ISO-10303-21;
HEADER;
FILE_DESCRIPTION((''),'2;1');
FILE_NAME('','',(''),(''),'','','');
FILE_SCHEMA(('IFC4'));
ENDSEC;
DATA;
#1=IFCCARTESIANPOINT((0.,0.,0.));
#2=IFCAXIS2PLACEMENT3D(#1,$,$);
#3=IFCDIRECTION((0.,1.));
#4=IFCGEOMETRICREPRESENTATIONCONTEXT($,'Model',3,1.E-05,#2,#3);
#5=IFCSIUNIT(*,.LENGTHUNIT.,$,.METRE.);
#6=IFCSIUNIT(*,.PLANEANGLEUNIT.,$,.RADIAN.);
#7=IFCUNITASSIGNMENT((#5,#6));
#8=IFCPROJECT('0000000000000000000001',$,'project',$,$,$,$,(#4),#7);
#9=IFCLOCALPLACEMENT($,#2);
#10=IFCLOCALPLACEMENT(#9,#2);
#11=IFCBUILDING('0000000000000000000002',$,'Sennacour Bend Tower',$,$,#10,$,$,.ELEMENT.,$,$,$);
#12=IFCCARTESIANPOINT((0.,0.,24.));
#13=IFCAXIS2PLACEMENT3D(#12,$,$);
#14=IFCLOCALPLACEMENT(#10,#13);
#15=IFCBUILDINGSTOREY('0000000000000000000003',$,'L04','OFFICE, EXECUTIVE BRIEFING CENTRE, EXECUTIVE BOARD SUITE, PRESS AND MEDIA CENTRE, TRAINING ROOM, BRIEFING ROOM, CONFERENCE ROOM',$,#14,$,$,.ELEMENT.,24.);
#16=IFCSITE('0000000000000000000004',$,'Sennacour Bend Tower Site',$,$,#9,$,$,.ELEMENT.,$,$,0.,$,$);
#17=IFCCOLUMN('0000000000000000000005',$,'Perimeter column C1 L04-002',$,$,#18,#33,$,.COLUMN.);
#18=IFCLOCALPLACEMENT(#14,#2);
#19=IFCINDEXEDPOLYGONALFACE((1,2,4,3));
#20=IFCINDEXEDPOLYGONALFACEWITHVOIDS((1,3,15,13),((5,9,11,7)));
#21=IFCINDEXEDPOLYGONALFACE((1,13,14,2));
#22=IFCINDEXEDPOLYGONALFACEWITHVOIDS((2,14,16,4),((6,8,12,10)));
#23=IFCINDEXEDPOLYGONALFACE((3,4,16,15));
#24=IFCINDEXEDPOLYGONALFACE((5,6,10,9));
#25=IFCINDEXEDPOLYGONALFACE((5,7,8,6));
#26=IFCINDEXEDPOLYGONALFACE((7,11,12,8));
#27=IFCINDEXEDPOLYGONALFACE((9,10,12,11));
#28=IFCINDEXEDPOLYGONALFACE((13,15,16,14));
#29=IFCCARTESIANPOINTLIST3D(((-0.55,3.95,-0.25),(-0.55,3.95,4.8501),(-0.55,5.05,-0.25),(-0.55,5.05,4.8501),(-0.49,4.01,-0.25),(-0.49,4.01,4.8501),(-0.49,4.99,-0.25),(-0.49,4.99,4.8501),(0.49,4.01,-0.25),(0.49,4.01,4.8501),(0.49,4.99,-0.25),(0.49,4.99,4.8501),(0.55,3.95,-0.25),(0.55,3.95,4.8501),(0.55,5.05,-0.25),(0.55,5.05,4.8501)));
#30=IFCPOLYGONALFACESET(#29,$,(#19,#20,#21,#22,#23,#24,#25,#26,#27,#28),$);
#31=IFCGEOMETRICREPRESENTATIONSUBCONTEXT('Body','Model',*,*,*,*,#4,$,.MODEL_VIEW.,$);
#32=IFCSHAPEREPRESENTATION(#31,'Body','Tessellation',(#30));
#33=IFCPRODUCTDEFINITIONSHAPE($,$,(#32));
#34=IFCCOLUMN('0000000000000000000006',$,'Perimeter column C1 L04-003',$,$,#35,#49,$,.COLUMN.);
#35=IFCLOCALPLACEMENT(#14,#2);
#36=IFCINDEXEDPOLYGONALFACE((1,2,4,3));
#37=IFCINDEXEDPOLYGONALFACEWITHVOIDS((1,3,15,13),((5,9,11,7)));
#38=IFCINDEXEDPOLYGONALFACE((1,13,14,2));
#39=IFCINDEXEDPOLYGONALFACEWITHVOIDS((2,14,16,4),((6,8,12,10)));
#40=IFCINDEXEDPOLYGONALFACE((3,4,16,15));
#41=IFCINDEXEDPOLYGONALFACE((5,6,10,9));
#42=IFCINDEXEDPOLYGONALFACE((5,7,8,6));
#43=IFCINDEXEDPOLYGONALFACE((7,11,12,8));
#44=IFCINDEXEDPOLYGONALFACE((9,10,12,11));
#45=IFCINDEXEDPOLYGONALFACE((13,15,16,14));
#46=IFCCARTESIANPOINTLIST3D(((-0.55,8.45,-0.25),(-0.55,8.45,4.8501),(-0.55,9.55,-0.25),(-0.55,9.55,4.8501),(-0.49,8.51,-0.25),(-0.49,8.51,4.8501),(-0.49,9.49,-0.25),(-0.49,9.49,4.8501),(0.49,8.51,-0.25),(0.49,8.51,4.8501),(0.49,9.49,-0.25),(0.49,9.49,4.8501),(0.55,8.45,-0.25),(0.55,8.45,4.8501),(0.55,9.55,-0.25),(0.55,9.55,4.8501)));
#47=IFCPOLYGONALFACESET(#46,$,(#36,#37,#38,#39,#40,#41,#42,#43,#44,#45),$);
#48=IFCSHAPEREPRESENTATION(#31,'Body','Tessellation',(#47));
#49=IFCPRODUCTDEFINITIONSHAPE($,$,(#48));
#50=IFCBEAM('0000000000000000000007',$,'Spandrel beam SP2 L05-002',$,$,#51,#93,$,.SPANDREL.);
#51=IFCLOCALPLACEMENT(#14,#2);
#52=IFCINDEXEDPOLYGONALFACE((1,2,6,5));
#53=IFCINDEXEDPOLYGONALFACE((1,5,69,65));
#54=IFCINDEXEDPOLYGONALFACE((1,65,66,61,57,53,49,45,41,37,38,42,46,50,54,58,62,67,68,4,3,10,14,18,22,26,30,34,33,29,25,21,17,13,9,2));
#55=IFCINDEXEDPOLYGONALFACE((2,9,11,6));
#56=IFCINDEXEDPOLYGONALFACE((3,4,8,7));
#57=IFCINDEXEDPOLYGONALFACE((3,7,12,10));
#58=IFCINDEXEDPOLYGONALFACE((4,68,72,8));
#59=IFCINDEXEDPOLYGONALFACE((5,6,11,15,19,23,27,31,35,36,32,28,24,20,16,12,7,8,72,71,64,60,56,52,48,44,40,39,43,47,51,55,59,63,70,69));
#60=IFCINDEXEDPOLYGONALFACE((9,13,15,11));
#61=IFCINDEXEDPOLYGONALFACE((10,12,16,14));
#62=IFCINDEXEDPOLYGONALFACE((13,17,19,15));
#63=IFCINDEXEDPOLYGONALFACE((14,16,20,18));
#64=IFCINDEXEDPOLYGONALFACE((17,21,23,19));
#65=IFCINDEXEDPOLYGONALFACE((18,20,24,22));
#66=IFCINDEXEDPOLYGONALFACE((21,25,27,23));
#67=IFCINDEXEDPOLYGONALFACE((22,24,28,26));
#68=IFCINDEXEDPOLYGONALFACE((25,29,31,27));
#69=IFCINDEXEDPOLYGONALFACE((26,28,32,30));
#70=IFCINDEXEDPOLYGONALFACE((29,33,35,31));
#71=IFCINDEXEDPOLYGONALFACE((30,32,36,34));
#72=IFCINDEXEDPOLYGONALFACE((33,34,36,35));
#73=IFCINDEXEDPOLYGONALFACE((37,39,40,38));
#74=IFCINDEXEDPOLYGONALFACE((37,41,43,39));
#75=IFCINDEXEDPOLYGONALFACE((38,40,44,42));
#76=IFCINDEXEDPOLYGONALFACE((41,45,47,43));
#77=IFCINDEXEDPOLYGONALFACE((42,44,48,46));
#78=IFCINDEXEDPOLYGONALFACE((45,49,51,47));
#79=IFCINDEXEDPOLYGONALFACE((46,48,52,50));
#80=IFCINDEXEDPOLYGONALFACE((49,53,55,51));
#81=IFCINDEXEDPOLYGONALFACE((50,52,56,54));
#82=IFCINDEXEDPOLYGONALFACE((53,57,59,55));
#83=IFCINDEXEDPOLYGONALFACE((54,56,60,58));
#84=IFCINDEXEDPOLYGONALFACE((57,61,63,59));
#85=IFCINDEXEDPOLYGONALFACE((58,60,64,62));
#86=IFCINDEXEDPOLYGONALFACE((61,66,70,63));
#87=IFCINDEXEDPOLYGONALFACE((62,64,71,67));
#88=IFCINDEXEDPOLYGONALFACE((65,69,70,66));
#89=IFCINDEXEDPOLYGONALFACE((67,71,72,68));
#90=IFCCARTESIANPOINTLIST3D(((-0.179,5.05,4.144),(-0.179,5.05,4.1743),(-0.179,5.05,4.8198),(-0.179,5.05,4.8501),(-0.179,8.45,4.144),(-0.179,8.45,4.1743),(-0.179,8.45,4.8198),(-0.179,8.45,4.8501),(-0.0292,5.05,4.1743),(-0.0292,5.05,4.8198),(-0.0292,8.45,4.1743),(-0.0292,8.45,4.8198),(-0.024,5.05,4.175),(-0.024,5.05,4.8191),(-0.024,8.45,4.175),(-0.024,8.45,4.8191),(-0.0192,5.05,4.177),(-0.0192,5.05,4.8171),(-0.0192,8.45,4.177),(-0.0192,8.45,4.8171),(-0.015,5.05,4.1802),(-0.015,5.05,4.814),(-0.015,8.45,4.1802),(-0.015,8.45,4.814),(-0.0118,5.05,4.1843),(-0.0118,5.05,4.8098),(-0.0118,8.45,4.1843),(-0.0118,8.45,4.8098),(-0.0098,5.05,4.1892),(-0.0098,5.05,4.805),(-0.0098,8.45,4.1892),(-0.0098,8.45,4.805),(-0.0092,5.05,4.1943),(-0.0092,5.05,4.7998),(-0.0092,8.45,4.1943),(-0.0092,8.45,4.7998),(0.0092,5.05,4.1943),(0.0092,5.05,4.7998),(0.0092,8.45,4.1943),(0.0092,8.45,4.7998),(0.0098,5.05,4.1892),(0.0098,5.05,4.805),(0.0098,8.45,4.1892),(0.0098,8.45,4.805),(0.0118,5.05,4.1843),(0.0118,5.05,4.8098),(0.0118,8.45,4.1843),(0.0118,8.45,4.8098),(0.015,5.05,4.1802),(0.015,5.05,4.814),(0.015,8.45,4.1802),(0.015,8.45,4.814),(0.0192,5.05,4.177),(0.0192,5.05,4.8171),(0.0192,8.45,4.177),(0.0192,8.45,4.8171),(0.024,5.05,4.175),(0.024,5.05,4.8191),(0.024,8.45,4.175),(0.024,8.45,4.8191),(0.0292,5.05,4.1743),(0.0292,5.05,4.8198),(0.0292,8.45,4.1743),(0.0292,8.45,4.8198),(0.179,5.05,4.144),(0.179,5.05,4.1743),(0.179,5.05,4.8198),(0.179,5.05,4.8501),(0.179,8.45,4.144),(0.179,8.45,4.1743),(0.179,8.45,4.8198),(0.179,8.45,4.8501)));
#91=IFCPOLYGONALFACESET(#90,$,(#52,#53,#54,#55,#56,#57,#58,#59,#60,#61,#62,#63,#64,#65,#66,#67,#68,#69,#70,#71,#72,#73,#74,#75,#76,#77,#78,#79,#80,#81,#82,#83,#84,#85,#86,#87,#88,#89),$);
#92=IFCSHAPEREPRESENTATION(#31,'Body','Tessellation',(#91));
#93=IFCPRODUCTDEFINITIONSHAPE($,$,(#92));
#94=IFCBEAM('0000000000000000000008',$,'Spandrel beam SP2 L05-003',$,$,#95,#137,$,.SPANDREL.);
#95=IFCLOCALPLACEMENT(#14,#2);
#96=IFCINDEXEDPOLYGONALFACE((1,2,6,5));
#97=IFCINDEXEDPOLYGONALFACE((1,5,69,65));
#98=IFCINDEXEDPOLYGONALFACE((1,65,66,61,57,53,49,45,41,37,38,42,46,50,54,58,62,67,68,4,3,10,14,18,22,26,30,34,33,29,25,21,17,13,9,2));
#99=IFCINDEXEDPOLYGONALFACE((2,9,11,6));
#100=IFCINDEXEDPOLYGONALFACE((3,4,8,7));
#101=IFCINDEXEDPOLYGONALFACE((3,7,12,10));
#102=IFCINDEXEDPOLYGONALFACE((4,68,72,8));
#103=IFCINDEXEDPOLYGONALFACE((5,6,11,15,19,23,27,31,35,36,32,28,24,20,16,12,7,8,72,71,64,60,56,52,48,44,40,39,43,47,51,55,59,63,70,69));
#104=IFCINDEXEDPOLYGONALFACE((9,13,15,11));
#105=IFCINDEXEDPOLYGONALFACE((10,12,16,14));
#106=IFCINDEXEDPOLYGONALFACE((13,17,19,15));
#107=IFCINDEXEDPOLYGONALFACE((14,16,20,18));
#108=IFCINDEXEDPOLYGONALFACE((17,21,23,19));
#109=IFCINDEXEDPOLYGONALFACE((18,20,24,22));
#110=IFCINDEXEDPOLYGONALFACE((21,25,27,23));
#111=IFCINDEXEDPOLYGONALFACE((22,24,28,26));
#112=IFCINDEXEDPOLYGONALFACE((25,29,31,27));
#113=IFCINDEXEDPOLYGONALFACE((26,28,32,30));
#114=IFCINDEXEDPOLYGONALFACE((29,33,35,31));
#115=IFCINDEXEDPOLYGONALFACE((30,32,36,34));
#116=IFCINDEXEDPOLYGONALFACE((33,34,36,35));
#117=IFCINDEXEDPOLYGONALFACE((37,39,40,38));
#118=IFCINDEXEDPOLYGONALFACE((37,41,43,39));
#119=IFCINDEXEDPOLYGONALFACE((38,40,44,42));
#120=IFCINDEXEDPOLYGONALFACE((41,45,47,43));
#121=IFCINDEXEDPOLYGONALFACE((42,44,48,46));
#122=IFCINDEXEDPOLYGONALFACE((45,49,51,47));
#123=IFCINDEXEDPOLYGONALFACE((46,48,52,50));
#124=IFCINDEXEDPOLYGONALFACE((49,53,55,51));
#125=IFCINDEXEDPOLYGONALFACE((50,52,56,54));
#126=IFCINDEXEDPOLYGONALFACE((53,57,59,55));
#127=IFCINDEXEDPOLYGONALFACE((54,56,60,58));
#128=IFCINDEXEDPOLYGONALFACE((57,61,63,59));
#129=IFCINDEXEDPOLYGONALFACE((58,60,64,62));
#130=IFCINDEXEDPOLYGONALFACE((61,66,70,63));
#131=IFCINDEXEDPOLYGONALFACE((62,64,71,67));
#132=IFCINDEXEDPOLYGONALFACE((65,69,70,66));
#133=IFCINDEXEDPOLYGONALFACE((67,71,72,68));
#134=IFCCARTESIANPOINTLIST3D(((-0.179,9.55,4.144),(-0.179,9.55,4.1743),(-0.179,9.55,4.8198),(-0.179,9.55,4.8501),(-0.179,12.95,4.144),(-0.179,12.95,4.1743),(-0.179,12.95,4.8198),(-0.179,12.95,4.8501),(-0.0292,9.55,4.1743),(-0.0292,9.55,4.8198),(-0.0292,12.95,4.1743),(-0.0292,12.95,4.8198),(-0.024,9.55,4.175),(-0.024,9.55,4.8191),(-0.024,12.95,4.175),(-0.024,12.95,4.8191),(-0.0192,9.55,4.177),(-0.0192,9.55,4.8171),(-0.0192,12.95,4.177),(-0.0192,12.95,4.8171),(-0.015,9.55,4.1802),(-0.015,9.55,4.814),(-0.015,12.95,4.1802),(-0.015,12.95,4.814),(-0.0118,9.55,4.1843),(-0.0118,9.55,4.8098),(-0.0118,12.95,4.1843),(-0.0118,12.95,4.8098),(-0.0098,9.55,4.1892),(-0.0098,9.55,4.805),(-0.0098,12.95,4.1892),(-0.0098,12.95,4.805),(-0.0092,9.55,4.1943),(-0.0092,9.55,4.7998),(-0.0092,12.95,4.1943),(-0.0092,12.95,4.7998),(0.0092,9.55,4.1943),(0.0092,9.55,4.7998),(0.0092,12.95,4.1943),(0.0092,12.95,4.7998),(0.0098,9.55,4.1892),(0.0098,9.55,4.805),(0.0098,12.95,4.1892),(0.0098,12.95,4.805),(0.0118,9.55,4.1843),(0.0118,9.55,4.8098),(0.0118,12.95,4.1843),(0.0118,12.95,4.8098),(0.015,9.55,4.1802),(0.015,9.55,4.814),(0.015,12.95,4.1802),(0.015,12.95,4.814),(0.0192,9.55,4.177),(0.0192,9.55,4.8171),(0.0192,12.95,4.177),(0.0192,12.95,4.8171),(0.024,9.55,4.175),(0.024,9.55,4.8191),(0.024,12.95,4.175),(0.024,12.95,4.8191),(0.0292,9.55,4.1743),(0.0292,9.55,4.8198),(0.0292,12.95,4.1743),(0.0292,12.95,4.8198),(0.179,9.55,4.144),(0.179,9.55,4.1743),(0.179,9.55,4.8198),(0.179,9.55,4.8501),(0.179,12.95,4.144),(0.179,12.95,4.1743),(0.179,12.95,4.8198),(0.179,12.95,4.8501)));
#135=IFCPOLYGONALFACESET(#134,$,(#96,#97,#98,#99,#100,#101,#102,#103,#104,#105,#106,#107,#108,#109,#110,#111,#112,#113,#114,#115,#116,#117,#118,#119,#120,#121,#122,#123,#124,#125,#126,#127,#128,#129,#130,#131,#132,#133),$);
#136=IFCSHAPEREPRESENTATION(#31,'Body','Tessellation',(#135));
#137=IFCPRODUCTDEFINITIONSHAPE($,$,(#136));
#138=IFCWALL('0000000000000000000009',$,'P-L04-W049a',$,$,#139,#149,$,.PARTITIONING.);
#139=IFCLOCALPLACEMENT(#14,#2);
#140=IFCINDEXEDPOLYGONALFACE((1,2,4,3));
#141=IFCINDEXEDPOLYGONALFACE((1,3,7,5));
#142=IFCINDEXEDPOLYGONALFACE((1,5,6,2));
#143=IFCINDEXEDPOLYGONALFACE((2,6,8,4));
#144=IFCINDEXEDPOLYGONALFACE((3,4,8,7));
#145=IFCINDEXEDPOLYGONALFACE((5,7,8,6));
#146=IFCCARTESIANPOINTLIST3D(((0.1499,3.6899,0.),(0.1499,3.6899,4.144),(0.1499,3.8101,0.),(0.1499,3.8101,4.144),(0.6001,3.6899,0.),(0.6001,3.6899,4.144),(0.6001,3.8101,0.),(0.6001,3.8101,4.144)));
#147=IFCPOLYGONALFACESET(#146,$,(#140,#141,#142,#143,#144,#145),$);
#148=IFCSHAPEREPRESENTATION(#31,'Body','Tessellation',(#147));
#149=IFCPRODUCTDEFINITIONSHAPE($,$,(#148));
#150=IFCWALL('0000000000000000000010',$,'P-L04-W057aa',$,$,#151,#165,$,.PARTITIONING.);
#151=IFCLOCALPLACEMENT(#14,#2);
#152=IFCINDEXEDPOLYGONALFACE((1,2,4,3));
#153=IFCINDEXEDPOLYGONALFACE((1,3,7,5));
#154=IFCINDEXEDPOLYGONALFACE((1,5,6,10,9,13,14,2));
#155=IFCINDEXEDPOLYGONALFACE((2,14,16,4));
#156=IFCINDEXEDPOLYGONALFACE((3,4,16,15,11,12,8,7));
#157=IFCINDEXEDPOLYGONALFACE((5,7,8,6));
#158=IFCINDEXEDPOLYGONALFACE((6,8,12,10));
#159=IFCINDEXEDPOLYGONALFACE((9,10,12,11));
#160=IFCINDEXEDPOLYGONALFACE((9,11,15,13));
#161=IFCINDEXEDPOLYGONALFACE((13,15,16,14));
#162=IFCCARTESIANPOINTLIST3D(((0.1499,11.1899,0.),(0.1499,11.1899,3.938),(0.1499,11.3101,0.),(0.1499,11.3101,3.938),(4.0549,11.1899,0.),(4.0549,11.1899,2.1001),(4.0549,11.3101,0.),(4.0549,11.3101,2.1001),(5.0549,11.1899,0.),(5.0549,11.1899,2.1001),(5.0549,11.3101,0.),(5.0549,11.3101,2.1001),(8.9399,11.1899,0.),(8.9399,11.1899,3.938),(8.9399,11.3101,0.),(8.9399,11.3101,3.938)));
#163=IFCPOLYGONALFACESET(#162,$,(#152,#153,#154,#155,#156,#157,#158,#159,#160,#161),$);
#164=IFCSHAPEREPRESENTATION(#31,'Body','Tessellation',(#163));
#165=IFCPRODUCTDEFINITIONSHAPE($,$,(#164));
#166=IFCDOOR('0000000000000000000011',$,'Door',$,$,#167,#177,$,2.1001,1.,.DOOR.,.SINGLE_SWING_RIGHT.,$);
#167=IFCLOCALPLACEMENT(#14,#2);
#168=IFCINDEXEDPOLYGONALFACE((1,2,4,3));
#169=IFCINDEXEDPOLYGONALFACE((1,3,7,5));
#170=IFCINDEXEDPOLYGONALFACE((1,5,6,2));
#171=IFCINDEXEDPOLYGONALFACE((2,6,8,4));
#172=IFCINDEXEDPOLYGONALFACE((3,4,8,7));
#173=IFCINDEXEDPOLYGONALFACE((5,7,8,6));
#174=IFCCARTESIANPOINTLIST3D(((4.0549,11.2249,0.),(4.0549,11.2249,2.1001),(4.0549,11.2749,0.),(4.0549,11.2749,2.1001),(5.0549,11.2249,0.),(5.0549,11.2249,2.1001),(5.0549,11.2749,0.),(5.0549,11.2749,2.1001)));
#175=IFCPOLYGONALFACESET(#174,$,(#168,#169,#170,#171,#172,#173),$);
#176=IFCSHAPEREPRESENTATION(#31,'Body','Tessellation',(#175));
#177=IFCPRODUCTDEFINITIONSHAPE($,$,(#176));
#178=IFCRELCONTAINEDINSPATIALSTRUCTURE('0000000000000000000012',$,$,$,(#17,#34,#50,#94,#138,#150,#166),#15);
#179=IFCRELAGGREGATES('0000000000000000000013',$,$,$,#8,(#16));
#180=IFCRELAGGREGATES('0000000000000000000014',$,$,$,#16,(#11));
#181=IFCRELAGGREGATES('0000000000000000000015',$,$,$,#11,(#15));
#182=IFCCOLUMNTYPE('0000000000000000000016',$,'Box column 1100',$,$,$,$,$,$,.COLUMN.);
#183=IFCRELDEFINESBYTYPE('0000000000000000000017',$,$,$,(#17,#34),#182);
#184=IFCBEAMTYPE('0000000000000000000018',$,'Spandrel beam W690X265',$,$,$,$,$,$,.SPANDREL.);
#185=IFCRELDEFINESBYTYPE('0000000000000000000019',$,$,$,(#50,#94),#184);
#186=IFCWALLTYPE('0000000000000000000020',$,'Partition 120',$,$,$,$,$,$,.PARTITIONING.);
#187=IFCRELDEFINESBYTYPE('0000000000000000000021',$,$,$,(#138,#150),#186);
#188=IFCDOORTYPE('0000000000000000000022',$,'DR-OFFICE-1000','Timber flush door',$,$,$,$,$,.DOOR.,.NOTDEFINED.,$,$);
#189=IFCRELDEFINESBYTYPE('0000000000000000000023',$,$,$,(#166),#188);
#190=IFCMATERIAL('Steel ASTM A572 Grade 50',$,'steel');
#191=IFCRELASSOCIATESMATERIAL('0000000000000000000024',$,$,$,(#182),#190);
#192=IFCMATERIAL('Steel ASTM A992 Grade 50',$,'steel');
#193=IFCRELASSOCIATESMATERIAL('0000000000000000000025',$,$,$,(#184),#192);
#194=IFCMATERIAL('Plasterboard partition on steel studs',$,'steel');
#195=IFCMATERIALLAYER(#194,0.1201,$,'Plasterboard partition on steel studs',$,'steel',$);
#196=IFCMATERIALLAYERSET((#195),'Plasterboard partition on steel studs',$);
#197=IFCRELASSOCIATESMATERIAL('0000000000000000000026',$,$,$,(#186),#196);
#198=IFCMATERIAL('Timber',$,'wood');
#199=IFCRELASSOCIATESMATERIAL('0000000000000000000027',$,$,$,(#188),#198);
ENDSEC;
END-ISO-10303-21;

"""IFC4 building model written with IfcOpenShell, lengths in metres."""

from ifc_helpers import new_model, si_unit, direction, frame, frame_2d, origin, origin_2d, place, context, subcontext, project, spatial, rectangle, hollow_rectangle, i_section, extrude, material, layer, layer_set, material_profile, profile_set, type_object, element, fill, save


model = new_model("IFC4")

# Units and contexts
model_context = context("Model", 3, precision=1e-05, world=origin(), true_north=direction((0.0, 1.0)))
body_context = subcontext(model_context, "Body", "Model", "MODEL_VIEW")
ifc_project = project(units=[si_unit("LENGTHUNIT", "METRE"), si_unit("PLANEANGLEUNIT", "RADIAN")], contexts=[model_context])

# Site, building, storey
site_placement = place(None, origin())
site = spatial("IfcSite", under=ifc_project, at=site_placement, Name="Sennacour Bend Tower Site", CompositionType="ELEMENT", RefElevation=0.0)
building_placement = place(site_placement, origin())
building = spatial("IfcBuilding", under=site, at=building_placement, Name="Sennacour Bend Tower", CompositionType="ELEMENT")
storey_placement = place(building_placement, frame((0.0, 0.0, 24.0)))
storey = spatial("IfcBuildingStorey", under=building, at=storey_placement, Name="L04", Description="OFFICE, EXECUTIVE BRIEFING CENTRE, EXECUTIVE BOARD SUITE, PRESS AND MEDIA CENTRE, TRAINING ROOM, BRIEFING ROOM, CONFERENCE ROOM", CompositionType="ELEMENT", Elevation=24.0)

# Columns
ifc_material_1 = material(Name="Steel ASTM A572 Grade 50", Category="steel")
ifc_material_profile_1 = material_profile(ifc_material_1, hollow_rectangle(XDim=1.1001, YDim=1.1001, WallThickness=0.0601, at=origin_2d()), Name="Steel ASTM A572 Grade 50", Category="steel")
ifc_profile_set_1 = profile_set([ifc_material_profile_1], Name="Steel ASTM A572 Grade 50")
column_type = type_object("IfcColumnType", Name="Box column 1100", PredefinedType="COLUMN", material=ifc_profile_set_1)
for number, where, z_axis, x_axis, name in (
    (1, (0.0, 4.5, -0.25), (0.0, 0.0, 1.0), (1.0, 0.0, 0.0), "Perimeter column C1 L04-002"),
    (2, (0.0, 9.0, -0.25), (0.0, 0.0, 1.0), (1.0, 0.0, 0.0), "Perimeter column C1 L04-003"),
):
    element("IfcColumn", number, at=place(storey_placement, frame(where, z_axis=z_axis, x_axis=x_axis)), inside=storey, type_object=column_type, Name=name, PredefinedType="COLUMN", context=body_context, shape_type="SweptSolid", body=[
        extrude(hollow_rectangle(XDim=1.1001, YDim=1.1001, WallThickness=0.0601, at=origin_2d()), origin(), (0.0, 0.0, 1.0), 5.1001),
    ])

# Beams
ifc_material_2 = material(Name="Steel ASTM A992 Grade 50", Category="steel")
ifc_material_profile_2 = material_profile(ifc_material_2, i_section(OverallWidth=0.3579, OverallDepth=0.7061, WebThickness=0.0183, FlangeThickness=0.0303, FilletRadius=0.02, at=origin_2d()), Name="Steel ASTM A992 Grade 50", Category="steel")
ifc_profile_set_2 = profile_set([ifc_material_profile_2], Name="Steel ASTM A992 Grade 50")
beam_type = type_object("IfcBeamType", Name="Spandrel beam W690X265", PredefinedType="SPANDREL", material=ifc_profile_set_2)
for number, where, z_axis, x_axis, name in (
    (3, (0.0, 5.05, 4.4971), (0.0, 1.0, 0.0), (-1.0, 0.0, 0.0), "Spandrel beam SP2 L05-002"),
    (4, (0.0, 9.55, 4.4971), (0.0, 1.0, 0.0), (-1.0, 0.0, 0.0), "Spandrel beam SP2 L05-003"),
):
    element("IfcBeam", number, at=place(storey_placement, frame(where, z_axis=z_axis, x_axis=x_axis)), inside=storey, type_object=beam_type, Name=name, PredefinedType="SPANDREL", context=body_context, shape_type="SweptSolid", body=[
        extrude(i_section(OverallWidth=0.3579, OverallDepth=0.7061, WebThickness=0.0183, FlangeThickness=0.0303, FilletRadius=0.02, at=origin_2d()), origin(), (0.0, 0.0, 1.0), 3.3999),
    ])

# Wall
ifc_material_3 = material(Name="Plasterboard partition on steel studs", Category="steel")
ifc_layer_1 = layer(ifc_material_3, 0.1201, Name="Plasterboard partition on steel studs", Category="steel")
ifc_layer_set_1 = layer_set([ifc_layer_1], Name="Plasterboard partition on steel studs")
wall_type_1 = type_object("IfcWallType", Name="Partition 120", PredefinedType="PARTITIONING", material=ifc_layer_set_1)
wall_1_placement = place(storey_placement, frame((0.1499, 3.75, 0.0), z_axis=(0.0, 0.0, 1.0), x_axis=(1.0, 0.0, 0.0)))
element("IfcWall", 5, at=wall_1_placement, inside=storey, type_object=wall_type_1, Name="P-L04-W049a", PredefinedType="PARTITIONING", context=body_context, shape_type="SweptSolid", body=[
    extrude(rectangle(XDim=0.4502, YDim=0.1201, at=frame_2d((0.2251, 0.0))), origin(), (0.0, 0.0, 1.0), 4.144),
])

# Wall, opening, door
wall_2_placement = place(storey_placement, frame((0.1499, 11.25, 0.0), z_axis=(0.0, 0.0, 1.0), x_axis=(1.0, 0.0, 0.0)))
wall_2 = element("IfcWall", 6, at=wall_2_placement, inside=storey, type_object=wall_type_1, Name="P-L04-W057aa", PredefinedType="PARTITIONING", context=body_context, shape_type="SweptSolid", body=[
    extrude(rectangle(XDim=8.79, YDim=0.1201, at=frame_2d((4.395, 0.0))), origin(), (0.0, 0.0, 1.0), 3.938),
])
opening_1_placement = place(wall_2_placement, frame((3.905, 0.0, 0.0)))
opening_1 = element("IfcOpeningElement", 7, at=opening_1_placement, cuts=wall_2, PredefinedType="OPENING", context=body_context, shape_type="SweptSolid", body=[
    extrude(rectangle(XDim=1.0, YDim=2.1001, at=frame_2d((0.5, 1.05))), frame((0.0, 0.0701, 0.0), z_axis=(0.0, -1.0, 0.0), x_axis=(1.0, 0.0, 0.0)), (0.0, 0.0, 1.0), 0.1401),
])
ifc_material_4 = material(Name="Timber", Category="wood")
door_type_1 = type_object("IfcDoorType", Name="DR-OFFICE-1000", Description="Timber flush door", OperationType="NOTDEFINED", PredefinedType="DOOR", material=ifc_material_4)
door_1_placement = place(opening_1_placement, origin())
door_1 = element("IfcDoor", 8, at=door_1_placement, inside=storey, type_object=door_type_1, Name="Door", OperationType="SINGLE_SWING_RIGHT", OverallHeight=2.1001, OverallWidth=1.0, PredefinedType="DOOR", context=body_context, shape_type="SweptSolid", body=[
    extrude(rectangle(XDim=1.0, YDim=2.1001, at=frame_2d((0.5, 1.05))), frame((0.0, 0.0249, 0.0), z_axis=(0.0, -1.0, 0.0), x_axis=(1.0, 0.0, 0.0)), (0.0, 0.0, 1.0), 0.05),
])
fill(opening_1, door_1)

save(model, "model.ifc")
